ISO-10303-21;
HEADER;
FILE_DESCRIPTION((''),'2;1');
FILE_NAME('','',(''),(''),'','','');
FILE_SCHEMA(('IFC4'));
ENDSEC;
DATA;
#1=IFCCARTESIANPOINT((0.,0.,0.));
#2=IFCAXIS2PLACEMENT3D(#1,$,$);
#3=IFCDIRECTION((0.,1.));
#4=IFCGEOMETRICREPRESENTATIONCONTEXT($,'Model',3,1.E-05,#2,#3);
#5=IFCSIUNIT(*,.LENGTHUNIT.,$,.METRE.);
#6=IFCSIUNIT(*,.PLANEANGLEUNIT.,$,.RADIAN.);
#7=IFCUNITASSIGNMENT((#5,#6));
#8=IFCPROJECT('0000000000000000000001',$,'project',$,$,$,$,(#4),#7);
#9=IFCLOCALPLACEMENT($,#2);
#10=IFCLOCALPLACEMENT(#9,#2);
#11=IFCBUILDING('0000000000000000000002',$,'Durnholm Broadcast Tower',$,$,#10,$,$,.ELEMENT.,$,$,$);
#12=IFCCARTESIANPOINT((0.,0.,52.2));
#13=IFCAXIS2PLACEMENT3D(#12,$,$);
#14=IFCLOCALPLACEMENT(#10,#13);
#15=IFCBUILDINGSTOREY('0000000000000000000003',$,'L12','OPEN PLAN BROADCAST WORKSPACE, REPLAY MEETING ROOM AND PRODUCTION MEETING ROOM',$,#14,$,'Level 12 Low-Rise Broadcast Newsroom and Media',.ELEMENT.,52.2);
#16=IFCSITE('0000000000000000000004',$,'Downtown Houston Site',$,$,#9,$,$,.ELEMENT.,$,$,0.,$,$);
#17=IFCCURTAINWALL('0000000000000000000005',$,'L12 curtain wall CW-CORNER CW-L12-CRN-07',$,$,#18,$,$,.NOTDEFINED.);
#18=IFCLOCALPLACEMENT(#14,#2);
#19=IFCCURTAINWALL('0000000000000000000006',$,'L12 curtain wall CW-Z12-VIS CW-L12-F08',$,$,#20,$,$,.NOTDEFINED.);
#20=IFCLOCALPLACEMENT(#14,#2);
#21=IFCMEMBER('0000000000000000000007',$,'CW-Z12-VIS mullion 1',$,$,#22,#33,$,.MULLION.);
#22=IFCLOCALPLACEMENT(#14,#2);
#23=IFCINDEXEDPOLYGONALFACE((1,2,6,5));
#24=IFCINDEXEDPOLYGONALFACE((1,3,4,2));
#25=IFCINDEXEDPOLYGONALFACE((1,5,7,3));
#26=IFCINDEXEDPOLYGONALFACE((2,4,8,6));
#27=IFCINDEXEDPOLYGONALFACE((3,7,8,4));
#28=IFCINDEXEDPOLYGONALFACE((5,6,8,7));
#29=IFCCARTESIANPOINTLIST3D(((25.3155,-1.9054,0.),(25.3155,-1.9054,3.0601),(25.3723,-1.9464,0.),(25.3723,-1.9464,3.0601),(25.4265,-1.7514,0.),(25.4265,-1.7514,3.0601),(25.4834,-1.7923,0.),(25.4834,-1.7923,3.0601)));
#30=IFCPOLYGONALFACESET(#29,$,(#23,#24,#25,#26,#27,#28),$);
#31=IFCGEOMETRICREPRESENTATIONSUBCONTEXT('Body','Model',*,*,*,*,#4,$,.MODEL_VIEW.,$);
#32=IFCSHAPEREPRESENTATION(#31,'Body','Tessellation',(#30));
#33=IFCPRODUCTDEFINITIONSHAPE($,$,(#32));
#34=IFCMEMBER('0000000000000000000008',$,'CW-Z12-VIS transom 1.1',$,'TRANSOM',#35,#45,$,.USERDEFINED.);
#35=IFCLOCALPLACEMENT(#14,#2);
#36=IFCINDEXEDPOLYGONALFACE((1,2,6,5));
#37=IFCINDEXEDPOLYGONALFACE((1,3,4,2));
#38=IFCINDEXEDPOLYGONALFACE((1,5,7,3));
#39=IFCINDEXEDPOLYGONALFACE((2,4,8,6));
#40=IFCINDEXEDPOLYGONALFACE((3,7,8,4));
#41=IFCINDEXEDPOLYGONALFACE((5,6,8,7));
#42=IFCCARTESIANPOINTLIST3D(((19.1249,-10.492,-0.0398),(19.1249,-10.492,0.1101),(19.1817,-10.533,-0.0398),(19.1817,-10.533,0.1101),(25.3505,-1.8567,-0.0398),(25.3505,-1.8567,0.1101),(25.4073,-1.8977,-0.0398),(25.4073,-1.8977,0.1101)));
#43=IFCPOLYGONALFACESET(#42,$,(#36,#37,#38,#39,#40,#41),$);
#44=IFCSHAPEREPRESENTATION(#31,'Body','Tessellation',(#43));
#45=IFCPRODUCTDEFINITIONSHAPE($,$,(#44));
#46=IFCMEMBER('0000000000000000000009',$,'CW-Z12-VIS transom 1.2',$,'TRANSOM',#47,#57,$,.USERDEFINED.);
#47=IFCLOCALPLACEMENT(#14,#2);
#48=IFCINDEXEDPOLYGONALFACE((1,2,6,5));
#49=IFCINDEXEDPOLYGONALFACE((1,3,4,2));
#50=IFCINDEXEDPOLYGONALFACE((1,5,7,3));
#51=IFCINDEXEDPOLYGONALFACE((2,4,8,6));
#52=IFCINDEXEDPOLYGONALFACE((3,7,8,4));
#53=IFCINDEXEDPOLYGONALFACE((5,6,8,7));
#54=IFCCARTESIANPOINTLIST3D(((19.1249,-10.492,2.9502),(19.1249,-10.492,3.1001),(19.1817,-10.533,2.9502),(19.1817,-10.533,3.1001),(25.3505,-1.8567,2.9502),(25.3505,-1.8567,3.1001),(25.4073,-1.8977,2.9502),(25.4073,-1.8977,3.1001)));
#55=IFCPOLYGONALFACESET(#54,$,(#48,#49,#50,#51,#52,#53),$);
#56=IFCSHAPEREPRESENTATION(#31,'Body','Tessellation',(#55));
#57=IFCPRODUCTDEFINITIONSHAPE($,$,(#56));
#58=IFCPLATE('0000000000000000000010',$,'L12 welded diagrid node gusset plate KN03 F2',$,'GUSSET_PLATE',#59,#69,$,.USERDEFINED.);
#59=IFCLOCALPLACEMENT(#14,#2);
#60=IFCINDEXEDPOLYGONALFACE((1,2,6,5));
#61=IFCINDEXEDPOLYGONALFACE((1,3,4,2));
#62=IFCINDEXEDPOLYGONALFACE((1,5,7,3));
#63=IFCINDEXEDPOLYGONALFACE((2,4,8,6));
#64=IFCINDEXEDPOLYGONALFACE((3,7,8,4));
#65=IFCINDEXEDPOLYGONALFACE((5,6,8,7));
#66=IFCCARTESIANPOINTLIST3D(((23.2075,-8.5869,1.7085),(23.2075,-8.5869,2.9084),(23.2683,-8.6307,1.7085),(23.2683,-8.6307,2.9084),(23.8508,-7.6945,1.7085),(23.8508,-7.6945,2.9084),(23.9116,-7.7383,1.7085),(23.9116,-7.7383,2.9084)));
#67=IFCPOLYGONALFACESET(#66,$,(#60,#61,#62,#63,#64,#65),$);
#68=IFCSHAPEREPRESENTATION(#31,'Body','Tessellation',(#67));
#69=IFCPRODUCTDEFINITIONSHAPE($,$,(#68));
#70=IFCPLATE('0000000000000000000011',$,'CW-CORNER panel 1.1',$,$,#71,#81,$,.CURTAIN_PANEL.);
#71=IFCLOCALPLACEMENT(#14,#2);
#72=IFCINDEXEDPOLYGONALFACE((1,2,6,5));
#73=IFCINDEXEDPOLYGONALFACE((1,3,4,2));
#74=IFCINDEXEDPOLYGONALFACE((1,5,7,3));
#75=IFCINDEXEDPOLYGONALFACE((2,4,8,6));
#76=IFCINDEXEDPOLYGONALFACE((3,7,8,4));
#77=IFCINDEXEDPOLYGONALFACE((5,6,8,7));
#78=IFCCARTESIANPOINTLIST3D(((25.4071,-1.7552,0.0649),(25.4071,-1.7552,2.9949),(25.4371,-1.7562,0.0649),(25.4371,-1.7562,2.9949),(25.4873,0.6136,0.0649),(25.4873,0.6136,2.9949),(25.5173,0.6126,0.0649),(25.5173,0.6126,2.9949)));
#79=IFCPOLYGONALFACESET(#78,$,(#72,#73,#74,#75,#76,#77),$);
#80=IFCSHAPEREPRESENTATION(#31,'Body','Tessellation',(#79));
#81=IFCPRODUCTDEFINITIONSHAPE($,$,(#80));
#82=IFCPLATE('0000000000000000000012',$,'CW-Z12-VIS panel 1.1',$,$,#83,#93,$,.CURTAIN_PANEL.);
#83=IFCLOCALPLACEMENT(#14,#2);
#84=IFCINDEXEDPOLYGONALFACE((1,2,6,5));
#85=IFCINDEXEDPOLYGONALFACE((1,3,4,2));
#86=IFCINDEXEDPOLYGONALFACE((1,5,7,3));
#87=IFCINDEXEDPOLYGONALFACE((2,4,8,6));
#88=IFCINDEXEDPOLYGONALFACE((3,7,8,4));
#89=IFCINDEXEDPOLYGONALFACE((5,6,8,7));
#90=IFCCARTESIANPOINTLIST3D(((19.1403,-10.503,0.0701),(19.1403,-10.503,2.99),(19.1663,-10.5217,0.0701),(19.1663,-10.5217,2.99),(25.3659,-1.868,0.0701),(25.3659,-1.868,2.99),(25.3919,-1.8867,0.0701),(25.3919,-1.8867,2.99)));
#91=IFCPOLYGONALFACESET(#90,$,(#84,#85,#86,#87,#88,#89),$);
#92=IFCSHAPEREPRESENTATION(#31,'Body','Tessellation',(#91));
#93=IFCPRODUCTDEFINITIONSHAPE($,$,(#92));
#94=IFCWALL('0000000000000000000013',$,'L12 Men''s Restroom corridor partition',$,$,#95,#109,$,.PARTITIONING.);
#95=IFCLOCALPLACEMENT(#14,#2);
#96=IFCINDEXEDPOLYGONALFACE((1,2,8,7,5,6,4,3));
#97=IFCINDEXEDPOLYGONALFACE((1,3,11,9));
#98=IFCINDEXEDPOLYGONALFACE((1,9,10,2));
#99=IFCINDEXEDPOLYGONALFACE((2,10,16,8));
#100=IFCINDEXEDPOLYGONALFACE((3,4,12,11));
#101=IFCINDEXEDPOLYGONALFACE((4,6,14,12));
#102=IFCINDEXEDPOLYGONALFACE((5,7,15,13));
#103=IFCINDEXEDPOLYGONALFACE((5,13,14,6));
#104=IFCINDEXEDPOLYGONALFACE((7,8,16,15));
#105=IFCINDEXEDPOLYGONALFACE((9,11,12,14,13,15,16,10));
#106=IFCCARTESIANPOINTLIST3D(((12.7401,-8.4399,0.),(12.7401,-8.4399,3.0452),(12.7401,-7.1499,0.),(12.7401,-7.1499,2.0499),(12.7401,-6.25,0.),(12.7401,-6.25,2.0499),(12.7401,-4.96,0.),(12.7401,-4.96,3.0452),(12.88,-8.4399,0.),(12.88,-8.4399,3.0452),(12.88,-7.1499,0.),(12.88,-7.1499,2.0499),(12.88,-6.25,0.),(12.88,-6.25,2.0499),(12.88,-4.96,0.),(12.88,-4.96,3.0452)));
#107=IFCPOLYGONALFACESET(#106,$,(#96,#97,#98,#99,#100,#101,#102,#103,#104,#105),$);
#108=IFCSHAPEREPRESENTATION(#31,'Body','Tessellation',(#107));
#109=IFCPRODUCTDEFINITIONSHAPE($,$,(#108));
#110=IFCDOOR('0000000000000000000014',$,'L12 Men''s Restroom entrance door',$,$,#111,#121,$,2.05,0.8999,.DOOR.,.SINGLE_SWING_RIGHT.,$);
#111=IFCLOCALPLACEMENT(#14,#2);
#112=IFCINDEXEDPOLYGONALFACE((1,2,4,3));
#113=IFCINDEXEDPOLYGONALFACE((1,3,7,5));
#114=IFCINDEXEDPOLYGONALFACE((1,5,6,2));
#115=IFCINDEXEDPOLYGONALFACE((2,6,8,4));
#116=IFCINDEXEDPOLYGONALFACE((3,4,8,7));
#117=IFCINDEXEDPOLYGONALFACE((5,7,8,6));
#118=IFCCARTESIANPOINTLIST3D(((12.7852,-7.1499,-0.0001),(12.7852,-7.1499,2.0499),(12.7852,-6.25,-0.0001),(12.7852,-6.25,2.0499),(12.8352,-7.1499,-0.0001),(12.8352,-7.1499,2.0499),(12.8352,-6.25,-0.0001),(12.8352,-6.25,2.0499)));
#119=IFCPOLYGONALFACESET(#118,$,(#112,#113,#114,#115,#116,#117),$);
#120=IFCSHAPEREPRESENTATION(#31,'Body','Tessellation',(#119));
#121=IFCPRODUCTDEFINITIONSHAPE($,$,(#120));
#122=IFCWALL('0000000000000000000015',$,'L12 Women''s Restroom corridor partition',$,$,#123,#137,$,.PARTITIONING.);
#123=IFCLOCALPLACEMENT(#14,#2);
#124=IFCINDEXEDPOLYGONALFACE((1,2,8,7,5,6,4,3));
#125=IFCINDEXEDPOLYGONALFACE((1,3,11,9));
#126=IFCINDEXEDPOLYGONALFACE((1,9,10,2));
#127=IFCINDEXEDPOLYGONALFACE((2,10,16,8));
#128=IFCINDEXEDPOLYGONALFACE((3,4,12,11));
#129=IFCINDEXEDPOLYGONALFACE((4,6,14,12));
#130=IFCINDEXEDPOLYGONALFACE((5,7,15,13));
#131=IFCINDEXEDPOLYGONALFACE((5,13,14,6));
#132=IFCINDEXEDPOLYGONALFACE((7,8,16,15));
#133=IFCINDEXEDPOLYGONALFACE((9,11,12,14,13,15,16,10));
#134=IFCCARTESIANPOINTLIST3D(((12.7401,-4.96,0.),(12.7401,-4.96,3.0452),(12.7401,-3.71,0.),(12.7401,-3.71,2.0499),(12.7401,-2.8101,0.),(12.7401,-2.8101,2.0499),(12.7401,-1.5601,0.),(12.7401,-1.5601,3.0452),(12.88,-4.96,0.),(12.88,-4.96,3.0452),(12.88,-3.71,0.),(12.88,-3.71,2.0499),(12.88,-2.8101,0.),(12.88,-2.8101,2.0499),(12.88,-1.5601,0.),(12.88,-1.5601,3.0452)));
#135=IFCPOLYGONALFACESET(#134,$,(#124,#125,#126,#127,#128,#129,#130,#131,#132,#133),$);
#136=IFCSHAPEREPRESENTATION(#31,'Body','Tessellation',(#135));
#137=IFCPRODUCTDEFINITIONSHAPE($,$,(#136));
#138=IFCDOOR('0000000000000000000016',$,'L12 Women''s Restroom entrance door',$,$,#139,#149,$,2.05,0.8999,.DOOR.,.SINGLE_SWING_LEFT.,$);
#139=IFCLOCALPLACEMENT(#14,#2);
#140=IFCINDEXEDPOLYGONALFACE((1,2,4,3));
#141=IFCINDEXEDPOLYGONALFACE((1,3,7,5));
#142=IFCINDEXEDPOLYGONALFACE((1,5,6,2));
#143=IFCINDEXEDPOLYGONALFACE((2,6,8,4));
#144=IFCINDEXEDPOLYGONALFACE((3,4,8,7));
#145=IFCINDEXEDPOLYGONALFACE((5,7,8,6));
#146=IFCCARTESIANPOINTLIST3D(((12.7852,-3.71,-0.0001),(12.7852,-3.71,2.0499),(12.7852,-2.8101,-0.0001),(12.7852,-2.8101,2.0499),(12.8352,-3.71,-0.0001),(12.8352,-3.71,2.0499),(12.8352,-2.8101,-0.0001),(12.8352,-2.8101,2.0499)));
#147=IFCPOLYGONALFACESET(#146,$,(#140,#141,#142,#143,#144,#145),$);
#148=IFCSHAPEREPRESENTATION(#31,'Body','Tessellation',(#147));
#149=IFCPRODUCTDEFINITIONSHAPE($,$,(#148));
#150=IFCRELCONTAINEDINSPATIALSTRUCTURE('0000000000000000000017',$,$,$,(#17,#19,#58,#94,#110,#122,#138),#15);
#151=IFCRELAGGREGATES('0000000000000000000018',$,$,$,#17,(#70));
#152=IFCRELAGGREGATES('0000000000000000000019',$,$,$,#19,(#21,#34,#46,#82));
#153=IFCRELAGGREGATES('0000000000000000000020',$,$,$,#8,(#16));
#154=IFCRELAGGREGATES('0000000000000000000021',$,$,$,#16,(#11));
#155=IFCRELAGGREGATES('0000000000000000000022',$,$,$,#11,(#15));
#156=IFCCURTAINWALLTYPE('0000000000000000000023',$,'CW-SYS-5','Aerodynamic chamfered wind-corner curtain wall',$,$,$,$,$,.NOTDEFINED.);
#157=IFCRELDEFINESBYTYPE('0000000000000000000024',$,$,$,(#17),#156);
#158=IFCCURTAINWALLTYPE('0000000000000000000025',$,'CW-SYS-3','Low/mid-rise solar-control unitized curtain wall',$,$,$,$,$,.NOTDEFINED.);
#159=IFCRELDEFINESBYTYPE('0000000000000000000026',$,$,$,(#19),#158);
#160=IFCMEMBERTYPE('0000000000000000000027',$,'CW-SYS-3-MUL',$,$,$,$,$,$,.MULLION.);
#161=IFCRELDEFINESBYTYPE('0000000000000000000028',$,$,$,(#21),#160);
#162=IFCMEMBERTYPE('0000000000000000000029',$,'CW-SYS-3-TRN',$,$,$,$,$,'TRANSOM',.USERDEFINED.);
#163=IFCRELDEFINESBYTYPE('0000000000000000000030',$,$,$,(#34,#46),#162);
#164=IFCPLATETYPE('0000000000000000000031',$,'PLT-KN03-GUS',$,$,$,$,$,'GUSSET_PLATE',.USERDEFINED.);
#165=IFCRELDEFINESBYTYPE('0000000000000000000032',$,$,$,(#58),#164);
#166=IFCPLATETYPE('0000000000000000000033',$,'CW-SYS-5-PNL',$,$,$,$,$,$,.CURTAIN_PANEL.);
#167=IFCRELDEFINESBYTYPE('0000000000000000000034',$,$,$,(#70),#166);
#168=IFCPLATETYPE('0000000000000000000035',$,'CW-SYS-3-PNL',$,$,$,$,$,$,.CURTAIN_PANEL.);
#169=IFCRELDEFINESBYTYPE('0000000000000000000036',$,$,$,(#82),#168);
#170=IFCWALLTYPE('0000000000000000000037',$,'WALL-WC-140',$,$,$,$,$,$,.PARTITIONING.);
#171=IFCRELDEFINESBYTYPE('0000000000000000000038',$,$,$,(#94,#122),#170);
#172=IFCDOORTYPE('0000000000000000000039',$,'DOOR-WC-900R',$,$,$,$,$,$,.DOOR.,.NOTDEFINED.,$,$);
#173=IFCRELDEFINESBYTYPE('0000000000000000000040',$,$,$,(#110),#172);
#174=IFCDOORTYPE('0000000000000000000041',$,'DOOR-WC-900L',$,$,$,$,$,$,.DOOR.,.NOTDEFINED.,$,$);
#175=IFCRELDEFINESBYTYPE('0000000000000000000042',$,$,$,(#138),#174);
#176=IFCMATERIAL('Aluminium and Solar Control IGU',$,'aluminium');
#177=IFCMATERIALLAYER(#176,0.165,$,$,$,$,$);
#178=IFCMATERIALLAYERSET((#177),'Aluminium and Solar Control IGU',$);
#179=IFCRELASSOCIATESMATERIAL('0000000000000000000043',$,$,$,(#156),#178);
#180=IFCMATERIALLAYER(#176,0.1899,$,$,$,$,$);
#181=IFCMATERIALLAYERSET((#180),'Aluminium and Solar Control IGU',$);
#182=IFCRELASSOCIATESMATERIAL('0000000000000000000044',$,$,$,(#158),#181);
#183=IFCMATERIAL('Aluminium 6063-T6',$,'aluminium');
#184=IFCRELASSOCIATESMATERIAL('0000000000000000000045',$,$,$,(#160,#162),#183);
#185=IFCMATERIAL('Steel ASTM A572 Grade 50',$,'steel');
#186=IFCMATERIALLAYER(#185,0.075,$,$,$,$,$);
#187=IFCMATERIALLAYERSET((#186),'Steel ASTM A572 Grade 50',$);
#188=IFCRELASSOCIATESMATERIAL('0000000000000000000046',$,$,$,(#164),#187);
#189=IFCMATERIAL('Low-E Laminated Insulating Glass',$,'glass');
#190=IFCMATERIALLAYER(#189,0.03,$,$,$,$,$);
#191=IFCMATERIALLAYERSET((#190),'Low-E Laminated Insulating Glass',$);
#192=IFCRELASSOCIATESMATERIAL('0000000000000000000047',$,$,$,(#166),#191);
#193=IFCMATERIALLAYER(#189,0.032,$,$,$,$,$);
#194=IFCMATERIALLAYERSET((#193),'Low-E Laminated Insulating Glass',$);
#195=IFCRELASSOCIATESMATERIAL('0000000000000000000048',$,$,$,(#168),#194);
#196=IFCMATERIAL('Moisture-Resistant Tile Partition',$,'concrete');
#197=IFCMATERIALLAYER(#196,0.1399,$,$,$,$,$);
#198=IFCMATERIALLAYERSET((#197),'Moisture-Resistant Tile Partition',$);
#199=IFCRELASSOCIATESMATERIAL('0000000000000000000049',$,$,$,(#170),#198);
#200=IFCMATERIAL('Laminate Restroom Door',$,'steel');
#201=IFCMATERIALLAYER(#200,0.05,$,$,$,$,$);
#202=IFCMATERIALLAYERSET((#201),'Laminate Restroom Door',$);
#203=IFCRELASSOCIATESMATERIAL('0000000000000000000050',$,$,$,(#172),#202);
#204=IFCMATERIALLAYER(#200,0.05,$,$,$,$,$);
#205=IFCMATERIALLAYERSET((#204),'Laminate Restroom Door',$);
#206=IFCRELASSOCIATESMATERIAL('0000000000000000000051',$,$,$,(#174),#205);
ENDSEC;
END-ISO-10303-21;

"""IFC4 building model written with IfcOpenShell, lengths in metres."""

from ifc_helpers import new_model, si_unit, direction, frame, frame_2d, origin, origin_2d, place, context, subcontext, project, spatial, rectangle, extrude, source, transform, mapped, material, layer, layer_set, material_profile, profile_set, type_object, type_shapes, element, fill, aggregate, save


model = new_model("IFC4")

# Units and contexts
model_context = context("Model", 3, precision=1e-05, world=origin(), true_north=direction((0.0, 1.0)))
body_context = subcontext(model_context, "Body", "Model", "MODEL_VIEW")
ifc_project = project(units=[si_unit("LENGTHUNIT", "METRE"), si_unit("PLANEANGLEUNIT", "RADIAN")], contexts=[model_context])

# Site, building, storey
site_placement = place(None, origin())
site = spatial("IfcSite", under=ifc_project, at=site_placement, Name="Downtown Houston Site", CompositionType="ELEMENT", RefElevation=0.0)
building_placement = place(site_placement, origin())
building = spatial("IfcBuilding", under=site, at=building_placement, Name="Durnholm Broadcast Tower", CompositionType="ELEMENT")
storey_placement = place(building_placement, frame((0.0, 0.0, 52.2)))
storey = spatial("IfcBuildingStorey", under=building, at=storey_placement, Name="L12", Description="OPEN PLAN BROADCAST WORKSPACE, REPLAY MEETING ROOM AND PRODUCTION MEETING ROOM", LongName="Level 12 Low-Rise Broadcast Newsroom and Media", CompositionType="ELEMENT", Elevation=52.2)

# Curtain wall
ifc_material_1 = material(Name="Aluminium and Solar Control IGU", Category="aluminium")
ifc_layer_1 = layer(ifc_material_1, 0.165)
ifc_layer_set_1 = layer_set([ifc_layer_1], Name="Aluminium and Solar Control IGU")
curtain_wall_type_1 = type_object("IfcCurtainWallType", Name="CW-SYS-5", Description="Aerodynamic chamfered wind-corner curtain wall", PredefinedType="NOTDEFINED", material=ifc_layer_set_1)
curtain_wall_1_placement = place(storey_placement, origin())
curtain_wall_1 = element("IfcCurtainWall", 1, at=curtain_wall_1_placement, inside=storey, type_object=curtain_wall_type_1, Name="L12 curtain wall CW-CORNER CW-L12-CRN-07", PredefinedType="NOTDEFINED")
ifc_material_2 = material(Name="Aluminium 6063-T6", Category="aluminium")

# Curtain wall, members
ifc_layer_2 = layer(ifc_material_1, 0.1899)
ifc_layer_set_2 = layer_set([ifc_layer_2], Name="Aluminium and Solar Control IGU")
curtain_wall_type_2 = type_object("IfcCurtainWallType", Name="CW-SYS-3", Description="Low/mid-rise solar-control unitized curtain wall", PredefinedType="NOTDEFINED", material=ifc_layer_set_2)
curtain_wall_2_placement = place(storey_placement, origin())
curtain_wall_2 = element("IfcCurtainWall", 2, at=curtain_wall_2_placement, inside=storey, type_object=curtain_wall_type_2, Name="L12 curtain wall CW-Z12-VIS CW-L12-F08", PredefinedType="NOTDEFINED")
ifc_material_profile_1 = material_profile(ifc_material_2, rectangle(XDim=0.0701, YDim=0.1899, at=origin_2d()), Name="CWM70X190")
ifc_profile_set_1 = profile_set([ifc_material_profile_1], Name="Aluminium 6063-T6")
member_type_1 = type_object("IfcMemberType", Name="CW-SYS-3-MUL", PredefinedType="MULLION", material=ifc_profile_set_1)
shared_shape_1 = source(origin(), body_context, "Body", "SweptSolid", [
    extrude(rectangle(XDim=0.0701, YDim=0.1899, at=origin_2d()), origin(), (0.0, 0.0, 1.0), 3.0601),
])
type_shapes(member_type_1, [shared_shape_1])
member_1_placement = place(storey_placement, frame((25.3994, -1.8489, 0.0), z_axis=(0.0, 0.0, 1.0), x_axis=(0.811161, -0.584823, 0.0)))
member_1 = element("IfcMember", 3, at=member_1_placement, type_object=member_type_1, Name="CW-Z12-VIS mullion 1", PredefinedType="MULLION", context=body_context, shape_type="MappedRepresentation", body=[
    mapped(shared_shape_1, transform((0.0, 0.0, 0.0), x_axis=(1.0, 0.0, 0.0), y_axis=(0.0, 1.0, 0.0), z_axis=(0.0, 0.0, 1.0), scale=1.0)),
])
ifc_material_profile_2 = material_profile(ifc_material_2, rectangle(XDim=0.0701, YDim=0.1499, at=origin_2d()), Name="CWT70X150")
ifc_profile_set_2 = profile_set([ifc_material_profile_2], Name="Aluminium 6063-T6")
member_type_2 = type_object("IfcMemberType", Name="CW-SYS-3-TRN", ElementType="TRANSOM", PredefinedType="USERDEFINED", material=ifc_profile_set_2)
shared_shape_2 = source(origin(), body_context, "Body", "SweptSolid", [
    extrude(rectangle(XDim=0.0701, YDim=0.1499, at=origin_2d()), origin(), (0.0, 0.0, 1.0), 10.6455),
])
type_shapes(member_type_2, [shared_shape_2])
member_2_placement = place(storey_placement, frame((25.3789, -1.8772, 0.0352), z_axis=(-0.584812, -0.811169, 0.0), x_axis=(0.811169, -0.584812, 0.0)))
member_2 = element("IfcMember", 4, at=member_2_placement, type_object=member_type_2, Name="CW-Z12-VIS transom 1.1", ObjectType="TRANSOM", PredefinedType="USERDEFINED", context=body_context, shape_type="MappedRepresentation", body=[
    mapped(shared_shape_2, transform((0.0, 0.0, 0.0), x_axis=(1.0, 0.0, 0.0), y_axis=(0.0, 1.0, 0.0), z_axis=(0.0, 0.0, 1.0), scale=1.0)),
])
member_3_placement = place(storey_placement, frame((25.3789, -1.8772, 3.0251), z_axis=(-0.584812, -0.811169, 0.0), x_axis=(0.811169, -0.584812, 0.0)))
member_3 = element("IfcMember", 5, at=member_3_placement, type_object=member_type_2, Name="CW-Z12-VIS transom 1.2", ObjectType="TRANSOM", PredefinedType="USERDEFINED", context=body_context, shape_type="MappedRepresentation", body=[
    mapped(shared_shape_2, transform((0.0, 0.0, 0.0), x_axis=(1.0, 0.0, 0.0), y_axis=(0.0, 1.0, 0.0), z_axis=(0.0, 0.0, 1.0), scale=1.0)),
])

# Plates
ifc_material_3 = material(Name="Steel ASTM A572 Grade 50", Category="steel")
ifc_layer_3 = layer(ifc_material_3, 0.075)
ifc_layer_set_3 = layer_set([ifc_layer_3], Name="Steel ASTM A572 Grade 50")
plate_type_1 = type_object("IfcPlateType", Name="PLT-KN03-GUS", ElementType="GUSSET_PLATE", PredefinedType="USERDEFINED", material=ifc_layer_set_3)
shared_shape_3 = source(origin(), body_context, "Body", "SweptSolid", [
    extrude(rectangle(XDim=1.1001, YDim=0.075, at=origin_2d()), origin(), (0.0, 0.0, 1.0), 1.2),
])
type_shapes(plate_type_1, [shared_shape_3])
plate_1_placement = place(storey_placement, frame((23.5596, -8.1626, 1.7085), z_axis=(0.0, 0.0, 1.0), x_axis=(0.584816, 0.811166, 0.0)))
element("IfcPlate", 6, at=plate_1_placement, inside=storey, type_object=plate_type_1, Name="L12 welded diagrid node gusset plate KN03 F2", ObjectType="GUSSET_PLATE", PredefinedType="USERDEFINED", context=body_context, shape_type="MappedRepresentation", body=[
    mapped(shared_shape_3, transform((0.0, 0.0, 0.0), x_axis=(1.0, 0.0, 0.0), y_axis=(0.0, 1.0, 0.0), z_axis=(0.0, 0.0, 1.0), scale=1.0)),
])
ifc_material_4 = material(Name="Low-E Laminated Insulating Glass", Category="glass")
ifc_layer_4 = layer(ifc_material_4, 0.03)
ifc_layer_set_4 = layer_set([ifc_layer_4], Name="Low-E Laminated Insulating Glass")
plate_type_2 = type_object("IfcPlateType", Name="CW-SYS-5-PNL", PredefinedType="CURTAIN_PANEL", material=ifc_layer_set_4)
shared_shape_4 = source(origin(), body_context, "Body", "SweptSolid", [
    extrude(rectangle(XDim=2.3701, YDim=0.03, at=origin_2d()), origin(), (0.0, 0.0, 1.0), 2.9299),
])
type_shapes(plate_type_2, [shared_shape_4])
plate_2_placement = place(storey_placement, frame((25.4622, -0.5713, 0.0649), z_axis=(0.0, 0.0, 1.0), x_axis=(-0.03384, -0.999427, 0.0)))
plate_2 = element("IfcPlate", 7, at=plate_2_placement, type_object=plate_type_2, Name="CW-CORNER panel 1.1", PredefinedType="CURTAIN_PANEL", context=body_context, shape_type="MappedRepresentation", body=[
    mapped(shared_shape_4, transform((0.0, 0.0, 0.0), x_axis=(1.0, 0.0, 0.0), y_axis=(0.0, 1.0, 0.0), z_axis=(0.0, 0.0, 1.0), scale=1.0)),
])
aggregate(curtain_wall_1, [plate_2])
ifc_layer_5 = layer(ifc_material_4, 0.032)
ifc_layer_set_5 = layer_set([ifc_layer_5], Name="Low-E Laminated Insulating Glass")
plate_type_3 = type_object("IfcPlateType", Name="CW-SYS-3-PNL", PredefinedType="CURTAIN_PANEL", material=ifc_layer_set_5)
shared_shape_5 = source(origin(), body_context, "Body", "SweptSolid", [
    extrude(rectangle(XDim=10.6453, YDim=0.032, at=origin_2d()), origin(), (0.0, 0.0, 1.0), 2.9199),
])
type_shapes(plate_type_3, [shared_shape_5])
plate_3_placement = place(storey_placement, frame((22.2661, -6.1948, 0.0701), z_axis=(0.0, 0.0, 1.0), x_axis=(-0.584823, -0.811161, 0.0)))
plate_3 = element("IfcPlate", 8, at=plate_3_placement, type_object=plate_type_3, Name="CW-Z12-VIS panel 1.1", PredefinedType="CURTAIN_PANEL", context=body_context, shape_type="MappedRepresentation", body=[
    mapped(shared_shape_5, transform((0.0, 0.0, 0.0), x_axis=(1.0, 0.0, 0.0), y_axis=(0.0, 1.0, 0.0), z_axis=(0.0, 0.0, 1.0), scale=1.0)),
])
aggregate(curtain_wall_2, [member_1, member_2, member_3, plate_3])

# Walls, openings, doors
ifc_material_5 = material(Name="Moisture-Resistant Tile Partition", Category="concrete")
ifc_layer_6 = layer(ifc_material_5, 0.1399)
ifc_layer_set_6 = layer_set([ifc_layer_6], Name="Moisture-Resistant Tile Partition")
wall_type = type_object("IfcWallType", Name="WALL-WC-140", PredefinedType="PARTITIONING", material=ifc_layer_set_6)
wall_1_placement = place(storey_placement, frame((12.8101, -8.4399, 0.0), z_axis=(0.0, 0.0, 1.0), x_axis=(0.0, 1.0, 0.0)))
wall_1 = element("IfcWall", 9, at=wall_1_placement, inside=storey, type_object=wall_type, Name="L12 Men's Restroom corridor partition", PredefinedType="PARTITIONING", context=body_context, shape_type="SweptSolid", body=[
    extrude(rectangle(XDim=3.48, YDim=0.1399, at=frame_2d((1.74, 0.0))), origin(), (0.0, 0.0, 1.0), 3.0452),
])
opening_1_placement = place(wall_1_placement, frame((1.29, 0.0, 0.0)))
opening_1 = element("IfcOpeningElement", 10, at=opening_1_placement, cuts=wall_1, PredefinedType="OPENING", context=body_context, shape_type="SweptSolid", body=[
    extrude(rectangle(XDim=0.8999, YDim=2.05, at=frame_2d((0.45, 1.0249))), frame((0.0, 0.0801, 0.0), z_axis=(0.0, -1.0, 0.0), x_axis=(1.0, 0.0, 0.0)), (0.0, 0.0, 1.0), 0.1599),
])
ifc_material_6 = material(Name="Laminate Restroom Door", Category="steel")
ifc_layer_7 = layer(ifc_material_6, 0.05)
ifc_layer_set_7 = layer_set([ifc_layer_7], Name="Laminate Restroom Door")
door_type_1 = type_object("IfcDoorType", Name="DOOR-WC-900R", OperationType="NOTDEFINED", PredefinedType="DOOR", material=ifc_layer_set_7)
shared_shape_6 = source(origin(), body_context, "Body", "SweptSolid", [
    extrude(rectangle(XDim=0.8999, YDim=2.05, at=frame_2d((0.45, 1.0249))), frame((0.0, 0.0249, 0.0), z_axis=(0.0, -1.0, 0.0), x_axis=(1.0, 0.0, 0.0)), (0.0, 0.0, 1.0), 0.05),
])
type_shapes(door_type_1, [shared_shape_6])
door_1_placement = place(opening_1_placement, origin())
door_1 = element("IfcDoor", 11, at=door_1_placement, inside=storey, type_object=door_type_1, Name="L12 Men's Restroom entrance door", OperationType="SINGLE_SWING_RIGHT", OverallHeight=2.05, OverallWidth=0.8999, PredefinedType="DOOR", context=body_context, shape_type="MappedRepresentation", body=[
    mapped(shared_shape_6, transform((0.0, 0.0, 0.0), x_axis=(1.0, 0.0, 0.0), y_axis=(0.0, 1.0, 0.0), z_axis=(0.0, 0.0, 1.0), scale=1.0)),
])
fill(opening_1, door_1)
wall_2_placement = place(storey_placement, frame((12.8101, -4.96, 0.0), z_axis=(0.0, 0.0, 1.0), x_axis=(0.0, 1.0, 0.0)))
wall_2 = element("IfcWall", 12, at=wall_2_placement, inside=storey, type_object=wall_type, Name="L12 Women's Restroom corridor partition", PredefinedType="PARTITIONING", context=body_context, shape_type="SweptSolid", body=[
    extrude(rectangle(XDim=3.3999, YDim=0.1399, at=frame_2d((1.7, 0.0))), origin(), (0.0, 0.0, 1.0), 3.0452),
])
opening_2_placement = place(wall_2_placement, frame((1.25, 0.0, 0.0)))
opening_2 = element("IfcOpeningElement", 13, at=opening_2_placement, cuts=wall_2, PredefinedType="OPENING", context=body_context, shape_type="SweptSolid", body=[
    extrude(rectangle(XDim=0.8999, YDim=2.05, at=frame_2d((0.45, 1.0249))), frame((0.0, 0.0801, 0.0), z_axis=(0.0, -1.0, 0.0), x_axis=(1.0, 0.0, 0.0)), (0.0, 0.0, 1.0), 0.1599),
])
ifc_layer_8 = layer(ifc_material_6, 0.05)
ifc_layer_set_8 = layer_set([ifc_layer_8], Name="Laminate Restroom Door")
door_type_2 = type_object("IfcDoorType", Name="DOOR-WC-900L", OperationType="NOTDEFINED", PredefinedType="DOOR", material=ifc_layer_set_8)
shared_shape_7 = source(origin(), body_context, "Body", "SweptSolid", [
    extrude(rectangle(XDim=0.8999, YDim=2.05, at=frame_2d((0.45, 1.0249))), frame((0.0, 0.0249, 0.0), z_axis=(0.0, -1.0, 0.0), x_axis=(1.0, 0.0, 0.0)), (0.0, 0.0, 1.0), 0.05),
])
type_shapes(door_type_2, [shared_shape_7])
door_2_placement = place(opening_2_placement, origin())
door_2 = element("IfcDoor", 14, at=door_2_placement, inside=storey, type_object=door_type_2, Name="L12 Women's Restroom entrance door", OperationType="SINGLE_SWING_LEFT", OverallHeight=2.05, OverallWidth=0.8999, PredefinedType="DOOR", context=body_context, shape_type="MappedRepresentation", body=[
    mapped(shared_shape_7, transform((0.0, 0.0, 0.0), x_axis=(1.0, 0.0, 0.0), y_axis=(0.0, 1.0, 0.0), z_axis=(0.0, 0.0, 1.0), scale=1.0)),
])
fill(opening_2, door_2)

save(model, "model.ifc")
